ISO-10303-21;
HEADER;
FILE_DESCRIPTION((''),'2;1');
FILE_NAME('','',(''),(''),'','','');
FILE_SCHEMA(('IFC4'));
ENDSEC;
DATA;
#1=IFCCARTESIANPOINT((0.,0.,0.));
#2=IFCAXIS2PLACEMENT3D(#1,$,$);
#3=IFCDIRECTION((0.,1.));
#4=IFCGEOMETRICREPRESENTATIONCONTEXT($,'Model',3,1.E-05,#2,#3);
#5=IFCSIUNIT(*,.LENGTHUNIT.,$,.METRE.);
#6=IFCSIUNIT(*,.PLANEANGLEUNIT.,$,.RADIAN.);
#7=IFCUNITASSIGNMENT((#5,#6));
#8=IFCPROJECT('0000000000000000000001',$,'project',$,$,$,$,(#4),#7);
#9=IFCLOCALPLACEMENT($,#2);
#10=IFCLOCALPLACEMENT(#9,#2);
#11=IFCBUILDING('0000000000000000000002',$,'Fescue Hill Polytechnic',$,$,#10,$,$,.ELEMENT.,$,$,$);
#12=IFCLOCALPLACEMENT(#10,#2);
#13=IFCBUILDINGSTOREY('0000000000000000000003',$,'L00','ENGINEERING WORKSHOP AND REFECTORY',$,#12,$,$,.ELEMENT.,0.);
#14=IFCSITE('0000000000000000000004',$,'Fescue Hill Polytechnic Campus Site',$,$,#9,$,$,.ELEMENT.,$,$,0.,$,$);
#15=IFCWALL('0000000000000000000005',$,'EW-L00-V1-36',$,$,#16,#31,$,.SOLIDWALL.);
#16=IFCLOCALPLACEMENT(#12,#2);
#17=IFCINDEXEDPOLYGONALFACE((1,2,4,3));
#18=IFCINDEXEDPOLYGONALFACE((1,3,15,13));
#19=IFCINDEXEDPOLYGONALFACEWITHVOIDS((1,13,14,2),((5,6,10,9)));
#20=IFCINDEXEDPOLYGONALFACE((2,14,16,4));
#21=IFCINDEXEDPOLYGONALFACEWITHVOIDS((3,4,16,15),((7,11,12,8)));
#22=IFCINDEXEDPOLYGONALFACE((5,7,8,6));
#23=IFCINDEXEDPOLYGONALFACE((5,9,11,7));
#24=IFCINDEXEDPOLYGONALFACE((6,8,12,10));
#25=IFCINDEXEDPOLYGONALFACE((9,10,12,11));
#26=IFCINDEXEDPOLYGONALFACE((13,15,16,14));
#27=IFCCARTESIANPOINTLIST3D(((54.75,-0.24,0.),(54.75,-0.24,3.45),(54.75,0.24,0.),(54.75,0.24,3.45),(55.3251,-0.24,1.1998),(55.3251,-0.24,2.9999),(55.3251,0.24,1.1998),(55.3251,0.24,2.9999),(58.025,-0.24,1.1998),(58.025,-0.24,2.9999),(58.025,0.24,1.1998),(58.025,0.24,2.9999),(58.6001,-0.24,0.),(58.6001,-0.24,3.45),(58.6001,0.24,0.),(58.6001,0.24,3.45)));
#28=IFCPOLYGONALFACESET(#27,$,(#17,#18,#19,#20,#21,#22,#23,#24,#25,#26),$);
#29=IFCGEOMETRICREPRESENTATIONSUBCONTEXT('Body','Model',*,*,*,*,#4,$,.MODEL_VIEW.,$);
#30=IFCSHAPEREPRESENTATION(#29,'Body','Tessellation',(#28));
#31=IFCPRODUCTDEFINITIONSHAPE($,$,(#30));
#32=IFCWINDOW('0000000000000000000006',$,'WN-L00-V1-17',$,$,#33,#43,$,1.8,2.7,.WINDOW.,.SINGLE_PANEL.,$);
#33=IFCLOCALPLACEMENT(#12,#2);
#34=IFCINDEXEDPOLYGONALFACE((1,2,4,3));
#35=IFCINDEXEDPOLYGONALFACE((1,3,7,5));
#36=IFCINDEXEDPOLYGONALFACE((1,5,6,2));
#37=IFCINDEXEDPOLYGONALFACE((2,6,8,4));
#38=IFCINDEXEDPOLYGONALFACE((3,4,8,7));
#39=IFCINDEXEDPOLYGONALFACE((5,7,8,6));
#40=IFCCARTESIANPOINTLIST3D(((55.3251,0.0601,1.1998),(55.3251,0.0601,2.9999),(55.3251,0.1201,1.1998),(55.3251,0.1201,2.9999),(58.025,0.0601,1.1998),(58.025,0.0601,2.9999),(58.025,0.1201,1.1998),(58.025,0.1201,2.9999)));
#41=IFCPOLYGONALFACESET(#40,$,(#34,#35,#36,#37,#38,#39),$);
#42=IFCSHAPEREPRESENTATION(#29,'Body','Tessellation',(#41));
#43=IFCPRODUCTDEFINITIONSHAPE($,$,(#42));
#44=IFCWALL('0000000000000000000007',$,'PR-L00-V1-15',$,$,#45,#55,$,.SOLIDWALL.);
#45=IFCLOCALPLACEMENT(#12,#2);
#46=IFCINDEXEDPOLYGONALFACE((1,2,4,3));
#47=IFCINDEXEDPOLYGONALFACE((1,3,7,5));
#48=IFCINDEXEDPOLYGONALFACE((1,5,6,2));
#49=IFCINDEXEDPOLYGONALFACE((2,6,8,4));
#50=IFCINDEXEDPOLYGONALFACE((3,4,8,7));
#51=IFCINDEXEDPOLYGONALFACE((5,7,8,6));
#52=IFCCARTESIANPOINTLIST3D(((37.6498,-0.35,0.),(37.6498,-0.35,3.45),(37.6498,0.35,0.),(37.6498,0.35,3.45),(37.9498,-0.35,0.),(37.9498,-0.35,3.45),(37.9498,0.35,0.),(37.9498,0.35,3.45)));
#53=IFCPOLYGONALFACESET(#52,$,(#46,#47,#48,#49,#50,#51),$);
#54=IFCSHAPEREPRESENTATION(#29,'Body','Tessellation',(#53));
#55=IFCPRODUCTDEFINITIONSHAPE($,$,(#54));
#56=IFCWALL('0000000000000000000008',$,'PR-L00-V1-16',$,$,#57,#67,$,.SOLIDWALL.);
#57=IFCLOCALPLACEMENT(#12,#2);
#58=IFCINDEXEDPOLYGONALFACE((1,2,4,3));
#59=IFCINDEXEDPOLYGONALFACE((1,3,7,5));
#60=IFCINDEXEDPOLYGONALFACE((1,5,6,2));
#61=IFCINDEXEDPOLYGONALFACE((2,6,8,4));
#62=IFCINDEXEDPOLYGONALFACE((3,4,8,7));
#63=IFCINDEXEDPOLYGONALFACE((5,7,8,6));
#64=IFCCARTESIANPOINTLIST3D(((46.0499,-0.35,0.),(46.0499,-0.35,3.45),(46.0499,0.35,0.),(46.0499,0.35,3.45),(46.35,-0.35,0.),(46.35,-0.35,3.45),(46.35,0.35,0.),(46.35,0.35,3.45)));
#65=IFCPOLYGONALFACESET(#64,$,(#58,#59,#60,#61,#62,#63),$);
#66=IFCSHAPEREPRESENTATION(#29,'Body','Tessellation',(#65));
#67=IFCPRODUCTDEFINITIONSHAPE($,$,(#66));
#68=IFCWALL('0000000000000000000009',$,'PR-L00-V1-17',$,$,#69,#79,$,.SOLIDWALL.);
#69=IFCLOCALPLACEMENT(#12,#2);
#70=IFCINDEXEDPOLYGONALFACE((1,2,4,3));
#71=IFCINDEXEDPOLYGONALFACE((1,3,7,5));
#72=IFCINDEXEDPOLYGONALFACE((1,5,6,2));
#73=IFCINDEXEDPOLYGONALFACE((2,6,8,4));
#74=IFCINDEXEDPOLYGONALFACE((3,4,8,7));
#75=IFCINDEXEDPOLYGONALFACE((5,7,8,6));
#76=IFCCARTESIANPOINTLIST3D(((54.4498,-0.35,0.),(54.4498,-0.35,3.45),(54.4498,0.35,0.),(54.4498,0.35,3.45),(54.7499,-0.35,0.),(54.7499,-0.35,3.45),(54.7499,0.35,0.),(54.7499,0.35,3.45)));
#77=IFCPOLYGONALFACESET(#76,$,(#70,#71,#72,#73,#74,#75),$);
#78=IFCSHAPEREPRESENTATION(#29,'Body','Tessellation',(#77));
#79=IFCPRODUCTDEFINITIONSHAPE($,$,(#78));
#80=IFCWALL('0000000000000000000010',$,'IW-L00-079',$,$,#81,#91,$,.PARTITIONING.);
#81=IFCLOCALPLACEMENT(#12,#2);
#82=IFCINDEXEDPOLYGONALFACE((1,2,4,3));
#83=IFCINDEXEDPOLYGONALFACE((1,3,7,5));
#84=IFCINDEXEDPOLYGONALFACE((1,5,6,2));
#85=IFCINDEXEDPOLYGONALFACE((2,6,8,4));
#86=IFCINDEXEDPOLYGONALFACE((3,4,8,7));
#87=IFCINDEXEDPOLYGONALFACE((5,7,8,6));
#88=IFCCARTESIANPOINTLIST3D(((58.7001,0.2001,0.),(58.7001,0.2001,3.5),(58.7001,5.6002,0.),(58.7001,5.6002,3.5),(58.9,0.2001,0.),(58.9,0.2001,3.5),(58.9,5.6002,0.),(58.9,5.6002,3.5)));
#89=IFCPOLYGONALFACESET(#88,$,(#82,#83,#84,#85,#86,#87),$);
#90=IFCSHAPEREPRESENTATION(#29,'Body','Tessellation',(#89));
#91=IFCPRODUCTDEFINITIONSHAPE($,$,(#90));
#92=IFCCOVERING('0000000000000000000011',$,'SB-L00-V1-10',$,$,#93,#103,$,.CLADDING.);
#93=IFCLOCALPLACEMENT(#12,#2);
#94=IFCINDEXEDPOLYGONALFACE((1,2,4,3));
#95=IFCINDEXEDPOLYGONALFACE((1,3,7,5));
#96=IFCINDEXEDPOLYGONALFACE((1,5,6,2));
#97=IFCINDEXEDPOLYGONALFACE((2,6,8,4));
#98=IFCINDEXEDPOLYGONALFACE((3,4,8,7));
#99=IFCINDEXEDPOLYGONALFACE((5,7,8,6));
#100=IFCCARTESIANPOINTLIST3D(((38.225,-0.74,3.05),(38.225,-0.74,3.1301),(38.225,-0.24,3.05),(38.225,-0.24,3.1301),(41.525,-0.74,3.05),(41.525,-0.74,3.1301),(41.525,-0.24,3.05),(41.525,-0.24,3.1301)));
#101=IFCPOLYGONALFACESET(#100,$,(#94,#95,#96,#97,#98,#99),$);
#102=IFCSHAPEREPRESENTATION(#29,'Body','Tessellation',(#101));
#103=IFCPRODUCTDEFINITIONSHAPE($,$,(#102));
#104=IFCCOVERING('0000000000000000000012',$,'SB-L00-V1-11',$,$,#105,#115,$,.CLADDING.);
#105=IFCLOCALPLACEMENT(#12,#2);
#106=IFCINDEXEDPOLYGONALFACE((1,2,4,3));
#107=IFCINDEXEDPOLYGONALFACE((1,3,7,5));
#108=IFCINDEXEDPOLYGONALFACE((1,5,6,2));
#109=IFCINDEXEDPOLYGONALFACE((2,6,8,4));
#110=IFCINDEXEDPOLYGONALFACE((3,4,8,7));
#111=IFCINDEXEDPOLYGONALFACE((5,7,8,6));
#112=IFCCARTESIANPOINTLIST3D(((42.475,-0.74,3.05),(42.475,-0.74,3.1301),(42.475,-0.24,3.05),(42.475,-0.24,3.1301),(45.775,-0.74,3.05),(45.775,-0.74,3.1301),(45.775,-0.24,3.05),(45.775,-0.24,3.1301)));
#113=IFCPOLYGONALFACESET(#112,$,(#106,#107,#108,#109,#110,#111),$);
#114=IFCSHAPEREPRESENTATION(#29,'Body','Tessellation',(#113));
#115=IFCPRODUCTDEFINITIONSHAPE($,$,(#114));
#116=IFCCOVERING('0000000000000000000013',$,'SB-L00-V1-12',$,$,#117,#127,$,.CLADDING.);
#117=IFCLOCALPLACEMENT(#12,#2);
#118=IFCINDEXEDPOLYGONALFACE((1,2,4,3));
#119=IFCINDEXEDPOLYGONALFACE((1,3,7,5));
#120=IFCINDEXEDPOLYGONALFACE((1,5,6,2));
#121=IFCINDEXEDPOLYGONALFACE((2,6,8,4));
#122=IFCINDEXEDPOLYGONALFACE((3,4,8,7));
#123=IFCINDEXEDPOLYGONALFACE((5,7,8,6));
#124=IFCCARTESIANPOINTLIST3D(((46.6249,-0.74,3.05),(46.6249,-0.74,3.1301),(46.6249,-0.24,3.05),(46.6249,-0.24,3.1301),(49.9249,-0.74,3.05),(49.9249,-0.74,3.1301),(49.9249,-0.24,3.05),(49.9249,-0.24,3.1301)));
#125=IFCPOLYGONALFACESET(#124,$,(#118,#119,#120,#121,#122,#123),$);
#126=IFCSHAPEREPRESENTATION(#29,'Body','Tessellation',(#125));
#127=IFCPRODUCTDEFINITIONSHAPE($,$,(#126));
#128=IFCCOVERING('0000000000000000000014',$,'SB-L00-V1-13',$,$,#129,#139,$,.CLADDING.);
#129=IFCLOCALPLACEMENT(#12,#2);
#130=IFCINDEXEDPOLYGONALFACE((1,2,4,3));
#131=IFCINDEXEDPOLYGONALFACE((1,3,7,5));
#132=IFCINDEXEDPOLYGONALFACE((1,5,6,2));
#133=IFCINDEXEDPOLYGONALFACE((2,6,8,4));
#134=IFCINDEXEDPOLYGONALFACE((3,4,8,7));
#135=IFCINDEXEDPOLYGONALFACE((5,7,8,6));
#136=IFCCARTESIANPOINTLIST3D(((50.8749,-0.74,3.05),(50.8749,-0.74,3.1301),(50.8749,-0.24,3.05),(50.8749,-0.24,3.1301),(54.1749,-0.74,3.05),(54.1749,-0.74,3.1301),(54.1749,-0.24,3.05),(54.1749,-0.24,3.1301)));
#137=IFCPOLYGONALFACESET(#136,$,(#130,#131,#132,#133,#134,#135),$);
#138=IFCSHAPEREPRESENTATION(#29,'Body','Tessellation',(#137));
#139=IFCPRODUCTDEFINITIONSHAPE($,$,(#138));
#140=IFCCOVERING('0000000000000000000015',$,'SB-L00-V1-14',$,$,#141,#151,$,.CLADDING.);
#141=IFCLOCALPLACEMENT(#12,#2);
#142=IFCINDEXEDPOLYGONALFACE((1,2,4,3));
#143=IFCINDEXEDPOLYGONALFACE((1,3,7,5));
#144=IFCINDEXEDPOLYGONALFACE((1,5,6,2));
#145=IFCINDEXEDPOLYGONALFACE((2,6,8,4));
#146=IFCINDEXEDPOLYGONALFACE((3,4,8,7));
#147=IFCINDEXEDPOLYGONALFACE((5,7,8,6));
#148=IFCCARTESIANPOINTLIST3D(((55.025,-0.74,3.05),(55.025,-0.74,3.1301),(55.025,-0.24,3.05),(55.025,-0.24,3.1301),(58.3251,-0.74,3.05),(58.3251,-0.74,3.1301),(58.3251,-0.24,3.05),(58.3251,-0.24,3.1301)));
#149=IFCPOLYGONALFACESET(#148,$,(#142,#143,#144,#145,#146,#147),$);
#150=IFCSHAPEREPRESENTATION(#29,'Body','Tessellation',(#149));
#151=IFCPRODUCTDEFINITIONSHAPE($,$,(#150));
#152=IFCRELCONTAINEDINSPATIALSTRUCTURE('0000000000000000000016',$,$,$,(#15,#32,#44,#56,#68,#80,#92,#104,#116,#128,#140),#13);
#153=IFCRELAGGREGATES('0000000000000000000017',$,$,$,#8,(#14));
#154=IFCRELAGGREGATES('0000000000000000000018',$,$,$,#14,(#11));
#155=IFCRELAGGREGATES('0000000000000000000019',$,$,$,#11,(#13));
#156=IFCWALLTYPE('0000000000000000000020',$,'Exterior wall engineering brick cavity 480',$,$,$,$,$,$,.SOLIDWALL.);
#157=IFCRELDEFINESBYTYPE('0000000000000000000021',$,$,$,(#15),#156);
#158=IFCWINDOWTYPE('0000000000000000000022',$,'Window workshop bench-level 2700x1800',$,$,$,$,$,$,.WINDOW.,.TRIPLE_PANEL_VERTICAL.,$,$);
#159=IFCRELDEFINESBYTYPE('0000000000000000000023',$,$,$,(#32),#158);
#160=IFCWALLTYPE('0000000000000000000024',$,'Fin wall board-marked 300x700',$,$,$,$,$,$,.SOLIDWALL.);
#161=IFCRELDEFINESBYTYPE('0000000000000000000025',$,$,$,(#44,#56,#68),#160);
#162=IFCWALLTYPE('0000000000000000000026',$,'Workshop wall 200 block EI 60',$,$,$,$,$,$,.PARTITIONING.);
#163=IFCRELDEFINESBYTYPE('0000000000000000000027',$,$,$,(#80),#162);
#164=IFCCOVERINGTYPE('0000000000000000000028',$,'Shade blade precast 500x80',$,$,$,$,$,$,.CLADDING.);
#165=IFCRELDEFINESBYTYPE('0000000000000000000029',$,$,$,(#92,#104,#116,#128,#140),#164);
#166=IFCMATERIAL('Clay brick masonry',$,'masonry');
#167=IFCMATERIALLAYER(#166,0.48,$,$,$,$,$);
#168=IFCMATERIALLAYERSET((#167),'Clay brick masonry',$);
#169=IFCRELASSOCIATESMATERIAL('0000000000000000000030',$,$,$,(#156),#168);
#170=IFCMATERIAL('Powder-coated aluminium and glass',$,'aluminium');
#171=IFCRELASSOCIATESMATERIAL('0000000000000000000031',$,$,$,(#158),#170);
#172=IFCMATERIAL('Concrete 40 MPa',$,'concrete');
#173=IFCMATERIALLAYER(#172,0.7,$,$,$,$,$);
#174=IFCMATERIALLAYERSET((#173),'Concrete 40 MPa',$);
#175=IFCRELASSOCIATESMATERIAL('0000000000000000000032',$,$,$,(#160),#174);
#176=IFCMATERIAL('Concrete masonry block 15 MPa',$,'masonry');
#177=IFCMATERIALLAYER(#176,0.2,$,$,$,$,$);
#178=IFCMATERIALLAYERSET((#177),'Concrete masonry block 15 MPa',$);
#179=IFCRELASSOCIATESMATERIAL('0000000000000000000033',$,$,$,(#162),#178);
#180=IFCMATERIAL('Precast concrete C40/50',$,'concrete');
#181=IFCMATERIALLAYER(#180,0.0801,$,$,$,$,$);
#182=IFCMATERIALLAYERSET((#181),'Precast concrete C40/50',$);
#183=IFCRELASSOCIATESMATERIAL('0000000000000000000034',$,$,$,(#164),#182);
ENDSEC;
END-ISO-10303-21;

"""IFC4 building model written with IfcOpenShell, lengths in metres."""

from ifc_helpers import new_model, si_unit, direction, frame, frame_2d, origin, origin_2d, place, context, subcontext, project, spatial, rectangle, extrude, material, layer, layer_set, type_object, element, fill, save


model = new_model("IFC4")

# Units and contexts
model_context = context("Model", 3, precision=1e-05, world=origin(), true_north=direction((0.0, 1.0)))
body_context = subcontext(model_context, "Body", "Model", "MODEL_VIEW")
ifc_project = project(units=[si_unit("LENGTHUNIT", "METRE"), si_unit("PLANEANGLEUNIT", "RADIAN")], contexts=[model_context])

# Site, building, storey
site_placement = place(None, origin())
site = spatial("IfcSite", under=ifc_project, at=site_placement, Name="Fescue Hill Polytechnic Campus Site", CompositionType="ELEMENT", RefElevation=0.0)
building_placement = place(site_placement, origin())
building = spatial("IfcBuilding", under=site, at=building_placement, Name="Fescue Hill Polytechnic", CompositionType="ELEMENT")
storey_placement = place(building_placement, origin())
storey = spatial("IfcBuildingStorey", under=building, at=storey_placement, Name="L00", Description="ENGINEERING WORKSHOP AND REFECTORY", CompositionType="ELEMENT", Elevation=0.0)

# Shared definitions
ifc_material_1 = material(Name="Concrete 40 MPa", Category="concrete")

# Wall, opening, window
ifc_material_2 = material(Name="Clay brick masonry", Category="masonry")
ifc_layer_1 = layer(ifc_material_2, 0.48)
ifc_layer_set_1 = layer_set([ifc_layer_1], Name="Clay brick masonry")
wall_type_1 = type_object("IfcWallType", Name="Exterior wall engineering brick cavity 480", PredefinedType="SOLIDWALL", material=ifc_layer_set_1)
ifc_material_3 = material(Name="Powder-coated aluminium and glass", Category="aluminium")
window_type = type_object("IfcWindowType", Name="Window workshop bench-level 2700x1800", PartitioningType="TRIPLE_PANEL_VERTICAL", PredefinedType="WINDOW", material=ifc_material_3)
wall_1_placement = place(storey_placement, frame((54.75, 0.0, 0.0), z_axis=(0.0, 0.0, 1.0), x_axis=(1.0, 0.0, 0.0)))
wall_1 = element("IfcWall", 1, at=wall_1_placement, inside=storey, type_object=wall_type_1, Name="EW-L00-V1-36", PredefinedType="SOLIDWALL", context=body_context, shape_type="SweptSolid", body=[
    extrude(rectangle(XDim=3.8501, YDim=0.48, at=frame_2d((1.925, 0.0))), origin(), (0.0, 0.0, 1.0), 3.45),
])
opening_1_placement = place(wall_1_placement, frame((0.575, 0.0, 1.2)))
opening_1 = element("IfcOpeningElement", 2, at=opening_1_placement, cuts=wall_1, PredefinedType="OPENING", context=body_context, shape_type="SweptSolid", body=[
    extrude(rectangle(XDim=2.7, YDim=1.8, at=frame_2d((1.3501, 0.8999))), frame((0.0, 0.25, 0.0), z_axis=(0.0, -1.0, 0.0), x_axis=(1.0, 0.0, 0.0)), (0.0, 0.0, 1.0), 0.5),
])
window_1_placement = place(opening_1_placement, origin())
window_1 = element("IfcWindow", 3, at=window_1_placement, inside=storey, type_object=window_type, Name="WN-L00-V1-17", OverallHeight=1.8, OverallWidth=2.7, PartitioningType="SINGLE_PANEL", PredefinedType="WINDOW", context=body_context, shape_type="SweptSolid", body=[
    extrude(rectangle(XDim=2.7, YDim=1.8, at=frame_2d((1.3501, 0.8999))), frame((0.0, 0.1201, 0.0), z_axis=(0.0, -1.0, 0.0), x_axis=(1.0, 0.0, 0.0)), (0.0, 0.0, 1.0), 0.0601),
])
fill(opening_1, window_1)

# Walls
ifc_layer_2 = layer(ifc_material_1, 0.7)
ifc_layer_set_2 = layer_set([ifc_layer_2], Name="Concrete 40 MPa")
wall_type_2 = type_object("IfcWallType", Name="Fin wall board-marked 300x700", PredefinedType="SOLIDWALL", material=ifc_layer_set_2)
for number, where, z_axis, x_axis, name in (
    (4, (37.6499, 0.0, 0.0), (0.0, 0.0, 1.0), (1.0, 0.0, 0.0), "PR-L00-V1-15"),
    (5, (46.05, 0.0, 0.0), (0.0, 0.0, 1.0), (1.0, 0.0, 0.0), "PR-L00-V1-16"),
    (6, (54.45, 0.0, 0.0), (0.0, 0.0, 1.0), (1.0, 0.0, 0.0), "PR-L00-V1-17"),
):
    element("IfcWall", number, at=place(storey_placement, frame(where, z_axis=z_axis, x_axis=x_axis)), inside=storey, type_object=wall_type_2, Name=name, PredefinedType="SOLIDWALL", context=body_context, shape_type="SweptSolid", body=[
        extrude(rectangle(XDim=0.3, YDim=0.7, at=frame_2d((0.1499, 0.0))), origin(), (0.0, 0.0, 1.0), 3.45),
    ])
ifc_material_4 = material(Name="Concrete masonry block 15 MPa", Category="masonry")
ifc_layer_3 = layer(ifc_material_4, 0.2)
ifc_layer_set_3 = layer_set([ifc_layer_3], Name="Concrete masonry block 15 MPa")
wall_type_3 = type_object("IfcWallType", Name="Workshop wall 200 block EI 60", PredefinedType="PARTITIONING", material=ifc_layer_set_3)
wall_2_placement = place(storey_placement, frame((58.8, 0.2, 0.0), z_axis=(0.0, 0.0, 1.0), x_axis=(0.0, 1.0, 0.0)))
element("IfcWall", 7, at=wall_2_placement, inside=storey, type_object=wall_type_3, Name="IW-L00-079", PredefinedType="PARTITIONING", context=body_context, shape_type="SweptSolid", body=[
    extrude(rectangle(XDim=5.4001, YDim=0.2, at=frame_2d((2.7002, 0.0))), origin(), (0.0, 0.0, 1.0), 3.5),
])

# Coverings
ifc_material_5 = material(Name="Precast concrete C40/50", Category="concrete")
ifc_layer_4 = layer(ifc_material_5, 0.0801)
ifc_layer_set_4 = layer_set([ifc_layer_4], Name="Precast concrete C40/50")
covering_type = type_object("IfcCoveringType", Name="Shade blade precast 500x80", PredefinedType="CLADDING", material=ifc_layer_set_4)
for number, where, z_axis, x_axis, name in (
    (8, (39.875, -0.49, 3.05), (0.0, 0.0, 1.0), (1.0, 0.0, 0.0), "SB-L00-V1-10"),
    (9, (44.125, -0.49, 3.05), (0.0, 0.0, 1.0), (1.0, 0.0, 0.0), "SB-L00-V1-11"),
    (10, (48.2749, -0.49, 3.05), (0.0, 0.0, 1.0), (1.0, 0.0, 0.0), "SB-L00-V1-12"),
    (11, (52.5249, -0.49, 3.05), (0.0, 0.0, 1.0), (1.0, 0.0, 0.0), "SB-L00-V1-13"),
    (12, (56.675, -0.49, 3.05), (0.0, 0.0, 1.0), (1.0, 0.0, 0.0), "SB-L00-V1-14"),
):
    element("IfcCovering", number, at=place(storey_placement, frame(where, z_axis=z_axis, x_axis=x_axis)), inside=storey, type_object=covering_type, Name=name, PredefinedType="CLADDING", context=body_context, shape_type="SweptSolid", body=[
        extrude(rectangle(XDim=3.3, YDim=0.5, at=origin_2d()), origin(), (0.0, 0.0, 1.0), 0.0801),
    ])

save(model, "model.ifc")
